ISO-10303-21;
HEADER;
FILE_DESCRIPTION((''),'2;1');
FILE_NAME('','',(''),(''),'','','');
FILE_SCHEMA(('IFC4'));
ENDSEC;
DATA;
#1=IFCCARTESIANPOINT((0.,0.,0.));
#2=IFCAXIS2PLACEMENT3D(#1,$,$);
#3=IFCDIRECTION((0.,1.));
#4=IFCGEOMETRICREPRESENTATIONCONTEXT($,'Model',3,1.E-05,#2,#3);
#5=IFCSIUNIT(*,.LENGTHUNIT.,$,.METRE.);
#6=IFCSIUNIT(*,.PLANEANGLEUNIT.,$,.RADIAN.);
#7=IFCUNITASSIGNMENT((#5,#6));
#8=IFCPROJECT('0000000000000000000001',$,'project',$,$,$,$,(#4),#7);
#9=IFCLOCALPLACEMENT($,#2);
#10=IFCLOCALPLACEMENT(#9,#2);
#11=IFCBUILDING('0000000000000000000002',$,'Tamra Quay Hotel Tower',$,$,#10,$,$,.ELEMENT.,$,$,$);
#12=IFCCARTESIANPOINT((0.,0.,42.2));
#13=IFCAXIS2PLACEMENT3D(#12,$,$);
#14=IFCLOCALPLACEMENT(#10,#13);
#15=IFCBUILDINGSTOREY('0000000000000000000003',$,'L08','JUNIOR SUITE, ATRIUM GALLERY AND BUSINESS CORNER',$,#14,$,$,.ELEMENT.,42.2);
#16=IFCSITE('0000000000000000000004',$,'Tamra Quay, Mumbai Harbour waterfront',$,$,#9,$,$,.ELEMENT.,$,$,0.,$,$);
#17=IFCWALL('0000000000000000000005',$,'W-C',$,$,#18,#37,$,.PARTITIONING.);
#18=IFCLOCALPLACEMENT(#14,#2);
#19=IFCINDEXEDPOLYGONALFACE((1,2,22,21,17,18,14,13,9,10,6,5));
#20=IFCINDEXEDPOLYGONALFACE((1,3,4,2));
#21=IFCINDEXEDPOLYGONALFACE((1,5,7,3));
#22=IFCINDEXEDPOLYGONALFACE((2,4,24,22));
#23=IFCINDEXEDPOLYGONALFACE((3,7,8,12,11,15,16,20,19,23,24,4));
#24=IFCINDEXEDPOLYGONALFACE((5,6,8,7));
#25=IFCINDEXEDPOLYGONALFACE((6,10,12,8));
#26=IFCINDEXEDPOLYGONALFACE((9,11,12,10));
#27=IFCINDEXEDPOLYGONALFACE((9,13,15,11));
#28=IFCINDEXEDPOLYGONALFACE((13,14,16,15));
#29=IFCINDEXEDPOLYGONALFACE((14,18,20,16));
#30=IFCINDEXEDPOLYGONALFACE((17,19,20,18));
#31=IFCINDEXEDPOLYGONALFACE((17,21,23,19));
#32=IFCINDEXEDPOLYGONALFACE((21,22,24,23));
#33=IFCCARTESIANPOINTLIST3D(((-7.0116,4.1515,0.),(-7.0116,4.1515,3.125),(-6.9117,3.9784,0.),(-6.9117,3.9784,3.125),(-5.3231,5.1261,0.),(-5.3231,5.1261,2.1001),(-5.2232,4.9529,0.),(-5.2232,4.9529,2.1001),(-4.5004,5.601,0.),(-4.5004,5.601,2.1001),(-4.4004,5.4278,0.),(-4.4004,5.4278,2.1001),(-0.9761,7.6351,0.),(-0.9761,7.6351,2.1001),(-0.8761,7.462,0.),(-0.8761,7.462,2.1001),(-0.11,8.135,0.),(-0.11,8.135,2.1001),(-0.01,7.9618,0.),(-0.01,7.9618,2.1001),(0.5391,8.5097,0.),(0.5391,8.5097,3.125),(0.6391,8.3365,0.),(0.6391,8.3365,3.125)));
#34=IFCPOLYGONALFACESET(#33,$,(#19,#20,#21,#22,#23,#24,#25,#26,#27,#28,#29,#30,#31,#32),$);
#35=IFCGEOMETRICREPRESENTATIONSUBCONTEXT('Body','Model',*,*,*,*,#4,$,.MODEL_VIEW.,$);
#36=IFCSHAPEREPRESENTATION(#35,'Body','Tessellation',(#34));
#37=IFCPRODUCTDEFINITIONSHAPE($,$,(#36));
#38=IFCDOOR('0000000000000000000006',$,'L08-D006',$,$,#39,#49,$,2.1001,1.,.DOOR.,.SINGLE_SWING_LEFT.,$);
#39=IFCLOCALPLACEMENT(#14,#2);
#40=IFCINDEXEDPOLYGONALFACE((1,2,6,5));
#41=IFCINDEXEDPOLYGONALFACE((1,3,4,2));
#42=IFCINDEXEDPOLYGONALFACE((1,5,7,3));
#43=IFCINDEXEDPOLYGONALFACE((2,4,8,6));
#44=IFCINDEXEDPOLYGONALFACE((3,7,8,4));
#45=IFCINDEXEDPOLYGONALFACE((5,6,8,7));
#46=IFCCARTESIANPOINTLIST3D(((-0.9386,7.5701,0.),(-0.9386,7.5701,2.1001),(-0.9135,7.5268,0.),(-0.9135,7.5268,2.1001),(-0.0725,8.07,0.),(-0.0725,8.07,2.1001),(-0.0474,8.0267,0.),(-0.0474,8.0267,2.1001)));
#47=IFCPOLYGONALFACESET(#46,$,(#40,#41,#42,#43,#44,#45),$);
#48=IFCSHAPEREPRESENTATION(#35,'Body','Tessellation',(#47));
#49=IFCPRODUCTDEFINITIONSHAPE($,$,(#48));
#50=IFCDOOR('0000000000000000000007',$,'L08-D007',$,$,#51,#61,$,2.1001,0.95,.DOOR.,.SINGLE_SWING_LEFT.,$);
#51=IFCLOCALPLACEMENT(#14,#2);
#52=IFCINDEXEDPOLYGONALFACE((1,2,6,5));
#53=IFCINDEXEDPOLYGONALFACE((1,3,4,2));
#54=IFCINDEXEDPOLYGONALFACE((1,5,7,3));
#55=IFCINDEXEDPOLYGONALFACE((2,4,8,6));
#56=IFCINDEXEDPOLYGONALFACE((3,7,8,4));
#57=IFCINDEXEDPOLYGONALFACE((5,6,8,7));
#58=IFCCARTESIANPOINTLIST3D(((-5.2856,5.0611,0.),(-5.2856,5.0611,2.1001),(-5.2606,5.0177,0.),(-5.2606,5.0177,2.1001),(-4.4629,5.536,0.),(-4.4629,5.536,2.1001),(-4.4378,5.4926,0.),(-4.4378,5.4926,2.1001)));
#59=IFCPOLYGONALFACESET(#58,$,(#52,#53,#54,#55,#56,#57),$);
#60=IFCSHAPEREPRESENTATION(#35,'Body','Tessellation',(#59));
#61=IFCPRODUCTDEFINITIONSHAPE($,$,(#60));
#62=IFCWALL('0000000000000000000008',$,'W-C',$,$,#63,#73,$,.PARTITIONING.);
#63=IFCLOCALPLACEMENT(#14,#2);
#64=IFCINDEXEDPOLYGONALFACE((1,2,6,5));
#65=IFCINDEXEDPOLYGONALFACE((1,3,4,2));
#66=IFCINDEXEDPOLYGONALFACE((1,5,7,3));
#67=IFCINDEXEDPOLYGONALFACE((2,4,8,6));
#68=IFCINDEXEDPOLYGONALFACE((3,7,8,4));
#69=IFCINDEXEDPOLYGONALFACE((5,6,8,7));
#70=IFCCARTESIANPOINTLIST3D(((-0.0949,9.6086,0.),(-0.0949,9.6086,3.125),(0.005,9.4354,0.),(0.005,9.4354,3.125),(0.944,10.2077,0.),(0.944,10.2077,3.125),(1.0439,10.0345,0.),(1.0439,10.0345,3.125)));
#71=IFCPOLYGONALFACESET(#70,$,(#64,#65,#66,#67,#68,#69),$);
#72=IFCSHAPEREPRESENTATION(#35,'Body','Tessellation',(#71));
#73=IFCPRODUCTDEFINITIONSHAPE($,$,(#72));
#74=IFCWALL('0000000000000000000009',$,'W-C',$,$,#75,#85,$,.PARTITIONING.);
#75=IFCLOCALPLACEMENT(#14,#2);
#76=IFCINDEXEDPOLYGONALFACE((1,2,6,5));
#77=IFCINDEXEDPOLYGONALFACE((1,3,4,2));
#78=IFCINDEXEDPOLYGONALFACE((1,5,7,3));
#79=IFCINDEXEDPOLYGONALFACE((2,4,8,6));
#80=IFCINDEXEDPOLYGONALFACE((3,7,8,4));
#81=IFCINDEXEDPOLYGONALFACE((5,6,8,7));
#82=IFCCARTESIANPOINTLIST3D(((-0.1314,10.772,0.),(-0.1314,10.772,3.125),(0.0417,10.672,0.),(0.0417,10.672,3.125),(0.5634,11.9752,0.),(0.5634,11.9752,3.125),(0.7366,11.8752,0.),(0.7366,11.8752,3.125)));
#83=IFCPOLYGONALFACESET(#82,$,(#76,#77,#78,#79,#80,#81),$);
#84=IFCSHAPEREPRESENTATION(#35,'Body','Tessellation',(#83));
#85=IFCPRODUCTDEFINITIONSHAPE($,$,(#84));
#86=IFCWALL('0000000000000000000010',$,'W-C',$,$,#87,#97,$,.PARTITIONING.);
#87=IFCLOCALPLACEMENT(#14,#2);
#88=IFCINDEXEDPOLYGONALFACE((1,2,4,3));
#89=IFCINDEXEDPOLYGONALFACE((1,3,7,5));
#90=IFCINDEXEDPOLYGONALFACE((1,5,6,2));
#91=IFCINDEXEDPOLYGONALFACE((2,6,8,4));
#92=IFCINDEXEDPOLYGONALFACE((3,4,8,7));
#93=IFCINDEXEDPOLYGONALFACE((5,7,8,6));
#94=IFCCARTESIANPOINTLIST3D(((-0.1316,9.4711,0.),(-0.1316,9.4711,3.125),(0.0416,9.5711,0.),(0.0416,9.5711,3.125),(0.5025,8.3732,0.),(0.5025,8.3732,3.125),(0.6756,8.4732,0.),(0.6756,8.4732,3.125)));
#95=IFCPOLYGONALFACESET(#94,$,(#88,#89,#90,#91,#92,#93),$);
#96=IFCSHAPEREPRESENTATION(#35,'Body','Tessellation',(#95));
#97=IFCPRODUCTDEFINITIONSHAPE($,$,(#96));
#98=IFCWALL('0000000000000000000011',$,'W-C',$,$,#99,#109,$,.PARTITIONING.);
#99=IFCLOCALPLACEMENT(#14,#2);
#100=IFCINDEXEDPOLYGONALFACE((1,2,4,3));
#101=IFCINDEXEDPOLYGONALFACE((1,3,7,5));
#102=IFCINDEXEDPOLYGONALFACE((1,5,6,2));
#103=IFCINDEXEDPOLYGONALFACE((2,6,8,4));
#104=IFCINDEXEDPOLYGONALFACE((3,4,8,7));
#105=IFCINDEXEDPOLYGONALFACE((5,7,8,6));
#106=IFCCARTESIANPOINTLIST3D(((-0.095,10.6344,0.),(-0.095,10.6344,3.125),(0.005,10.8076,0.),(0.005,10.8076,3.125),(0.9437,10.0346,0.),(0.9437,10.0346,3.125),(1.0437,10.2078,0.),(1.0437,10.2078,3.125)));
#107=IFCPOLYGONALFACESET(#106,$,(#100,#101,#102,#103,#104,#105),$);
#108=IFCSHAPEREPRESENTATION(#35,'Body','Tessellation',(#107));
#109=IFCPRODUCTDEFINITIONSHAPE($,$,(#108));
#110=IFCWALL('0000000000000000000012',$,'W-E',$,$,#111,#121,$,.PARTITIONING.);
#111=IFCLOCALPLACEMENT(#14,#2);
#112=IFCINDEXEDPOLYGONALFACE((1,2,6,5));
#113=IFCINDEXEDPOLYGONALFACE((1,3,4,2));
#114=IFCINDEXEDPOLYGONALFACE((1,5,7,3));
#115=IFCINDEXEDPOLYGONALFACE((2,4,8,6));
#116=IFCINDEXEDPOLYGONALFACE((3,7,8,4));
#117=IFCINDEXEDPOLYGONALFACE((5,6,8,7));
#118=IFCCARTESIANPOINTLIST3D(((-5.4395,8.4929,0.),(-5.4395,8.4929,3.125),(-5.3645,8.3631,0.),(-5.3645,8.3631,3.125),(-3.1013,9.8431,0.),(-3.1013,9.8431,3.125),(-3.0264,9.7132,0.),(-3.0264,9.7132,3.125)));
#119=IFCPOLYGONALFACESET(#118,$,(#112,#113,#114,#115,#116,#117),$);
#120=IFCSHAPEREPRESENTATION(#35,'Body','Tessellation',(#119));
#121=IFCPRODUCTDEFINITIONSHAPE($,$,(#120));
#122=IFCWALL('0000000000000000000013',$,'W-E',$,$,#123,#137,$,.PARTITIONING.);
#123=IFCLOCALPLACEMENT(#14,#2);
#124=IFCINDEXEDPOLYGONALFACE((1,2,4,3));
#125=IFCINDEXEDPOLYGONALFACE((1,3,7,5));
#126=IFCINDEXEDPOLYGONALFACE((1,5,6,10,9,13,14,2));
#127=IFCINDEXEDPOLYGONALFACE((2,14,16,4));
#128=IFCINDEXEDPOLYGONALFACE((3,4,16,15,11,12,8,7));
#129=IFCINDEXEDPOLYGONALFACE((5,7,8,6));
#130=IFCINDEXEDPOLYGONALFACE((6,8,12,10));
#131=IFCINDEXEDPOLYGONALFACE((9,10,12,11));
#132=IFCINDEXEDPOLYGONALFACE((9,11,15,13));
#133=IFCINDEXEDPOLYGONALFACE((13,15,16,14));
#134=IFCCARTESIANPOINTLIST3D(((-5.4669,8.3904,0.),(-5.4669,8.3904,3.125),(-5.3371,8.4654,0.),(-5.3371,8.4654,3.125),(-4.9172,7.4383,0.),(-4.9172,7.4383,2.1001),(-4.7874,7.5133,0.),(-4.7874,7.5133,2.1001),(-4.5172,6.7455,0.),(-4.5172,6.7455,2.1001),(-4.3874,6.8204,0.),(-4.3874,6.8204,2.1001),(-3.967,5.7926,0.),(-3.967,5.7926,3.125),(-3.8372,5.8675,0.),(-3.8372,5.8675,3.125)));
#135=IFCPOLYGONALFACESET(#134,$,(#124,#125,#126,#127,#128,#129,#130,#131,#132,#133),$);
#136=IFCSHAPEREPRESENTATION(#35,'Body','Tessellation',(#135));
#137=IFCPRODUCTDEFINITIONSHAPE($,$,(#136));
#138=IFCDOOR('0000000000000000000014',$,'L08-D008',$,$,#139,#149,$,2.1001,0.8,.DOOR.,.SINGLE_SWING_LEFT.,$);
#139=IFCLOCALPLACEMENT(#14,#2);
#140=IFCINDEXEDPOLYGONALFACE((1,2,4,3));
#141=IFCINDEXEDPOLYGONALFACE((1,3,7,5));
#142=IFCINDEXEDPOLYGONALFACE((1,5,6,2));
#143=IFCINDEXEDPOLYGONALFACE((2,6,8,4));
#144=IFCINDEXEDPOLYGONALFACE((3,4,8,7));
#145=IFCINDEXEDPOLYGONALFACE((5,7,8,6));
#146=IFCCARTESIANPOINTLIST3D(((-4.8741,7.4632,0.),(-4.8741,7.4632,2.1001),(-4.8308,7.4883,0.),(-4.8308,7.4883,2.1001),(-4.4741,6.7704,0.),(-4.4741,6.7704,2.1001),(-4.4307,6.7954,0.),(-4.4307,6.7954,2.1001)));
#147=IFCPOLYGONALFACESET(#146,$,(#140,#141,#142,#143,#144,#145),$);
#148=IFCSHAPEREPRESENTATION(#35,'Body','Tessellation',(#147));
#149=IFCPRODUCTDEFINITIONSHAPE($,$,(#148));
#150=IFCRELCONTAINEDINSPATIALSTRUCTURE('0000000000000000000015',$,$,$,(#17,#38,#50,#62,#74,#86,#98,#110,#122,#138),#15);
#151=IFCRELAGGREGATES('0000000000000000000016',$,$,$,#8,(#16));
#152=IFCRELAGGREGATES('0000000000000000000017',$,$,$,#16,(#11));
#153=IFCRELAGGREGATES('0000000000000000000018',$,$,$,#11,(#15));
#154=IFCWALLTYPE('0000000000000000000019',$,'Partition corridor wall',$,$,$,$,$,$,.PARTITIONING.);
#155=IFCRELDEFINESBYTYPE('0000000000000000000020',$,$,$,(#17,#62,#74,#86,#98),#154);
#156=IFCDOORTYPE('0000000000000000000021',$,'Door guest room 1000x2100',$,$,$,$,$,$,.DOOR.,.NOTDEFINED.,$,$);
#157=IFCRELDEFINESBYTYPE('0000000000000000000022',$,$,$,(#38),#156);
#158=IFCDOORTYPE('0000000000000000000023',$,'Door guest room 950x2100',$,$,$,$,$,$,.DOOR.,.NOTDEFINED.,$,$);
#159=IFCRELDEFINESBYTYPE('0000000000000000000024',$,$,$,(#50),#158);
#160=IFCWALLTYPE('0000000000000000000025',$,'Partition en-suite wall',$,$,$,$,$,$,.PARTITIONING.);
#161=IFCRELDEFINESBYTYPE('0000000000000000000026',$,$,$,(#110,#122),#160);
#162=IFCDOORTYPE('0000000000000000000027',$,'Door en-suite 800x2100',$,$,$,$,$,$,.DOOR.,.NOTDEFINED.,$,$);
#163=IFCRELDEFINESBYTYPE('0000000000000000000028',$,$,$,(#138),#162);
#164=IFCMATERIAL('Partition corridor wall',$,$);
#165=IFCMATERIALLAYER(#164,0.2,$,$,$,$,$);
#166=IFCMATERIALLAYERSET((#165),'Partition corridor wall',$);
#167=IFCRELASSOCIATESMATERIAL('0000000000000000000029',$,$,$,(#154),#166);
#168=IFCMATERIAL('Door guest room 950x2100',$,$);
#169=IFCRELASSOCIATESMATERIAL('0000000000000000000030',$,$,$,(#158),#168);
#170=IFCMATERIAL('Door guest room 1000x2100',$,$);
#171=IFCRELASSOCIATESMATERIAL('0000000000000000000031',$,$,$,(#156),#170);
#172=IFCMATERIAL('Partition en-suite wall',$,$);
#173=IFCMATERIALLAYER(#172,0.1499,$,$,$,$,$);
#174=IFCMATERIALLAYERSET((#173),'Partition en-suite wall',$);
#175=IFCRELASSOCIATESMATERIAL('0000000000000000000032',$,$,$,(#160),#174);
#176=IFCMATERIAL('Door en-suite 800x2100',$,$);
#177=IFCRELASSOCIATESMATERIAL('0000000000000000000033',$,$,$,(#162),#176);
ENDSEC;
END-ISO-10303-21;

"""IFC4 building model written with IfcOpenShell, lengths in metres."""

from ifc_helpers import new_model, si_unit, direction, frame, frame_2d, origin, place, context, subcontext, project, spatial, rectangle, extrude, material, layer, layer_set, type_object, element, fill, save


model = new_model("IFC4")

# Units and contexts
model_context = context("Model", 3, precision=1e-05, world=origin(), true_north=direction((0.0, 1.0)))
body_context = subcontext(model_context, "Body", "Model", "MODEL_VIEW")
ifc_project = project(units=[si_unit("LENGTHUNIT", "METRE"), si_unit("PLANEANGLEUNIT", "RADIAN")], contexts=[model_context])

# Site, building, storey
site_placement = place(None, origin())
site = spatial("IfcSite", under=ifc_project, at=site_placement, Name="Tamra Quay, Mumbai Harbour waterfront", CompositionType="ELEMENT", RefElevation=0.0)
building_placement = place(site_placement, origin())
building = spatial("IfcBuilding", under=site, at=building_placement, Name="Tamra Quay Hotel Tower", CompositionType="ELEMENT")
storey_placement = place(building_placement, frame((0.0, 0.0, 42.2)))
storey = spatial("IfcBuildingStorey", under=building, at=storey_placement, Name="L08", Description="JUNIOR SUITE, ATRIUM GALLERY AND BUSINESS CORNER", CompositionType="ELEMENT", Elevation=42.2)

# Shared definitions
ifc_material_1 = material(Name="Partition corridor wall")
ifc_layer_1 = layer(ifc_material_1, 0.2)
ifc_layer_set_1 = layer_set([ifc_layer_1], Name="Partition corridor wall")
wall_type_1 = type_object("IfcWallType", Name="Partition corridor wall", PredefinedType="PARTITIONING", material=ifc_layer_set_1)
ifc_material_2 = material(Name="Door guest room 950x2100")
door_type_1 = type_object("IfcDoorType", Name="Door guest room 950x2100", OperationType="NOTDEFINED", PredefinedType="DOOR", material=ifc_material_2)

# Wall, openings, doors
wall_1_placement = place(storey_placement, frame((-6.9617, 4.0649, 0.0), z_axis=(0.0, 0.0, 1.0), x_axis=(0.86609, 0.499889, 0.0)))
wall_1 = element("IfcWall", 1, at=wall_1_placement, inside=storey, type_object=wall_type_1, Name="W-C", PredefinedType="PARTITIONING", context=body_context, shape_type="SweptSolid", body=[
    extrude(rectangle(XDim=8.7183, YDim=0.2, at=frame_2d((4.3591, 0.0))), origin(), (0.0, 0.0, 1.0), 3.125),
])
opening_1_placement = place(wall_1_placement, frame((6.9688, 0.0, 0.0)))
opening_1 = element("IfcOpeningElement", 2, at=opening_1_placement, cuts=wall_1, PredefinedType="OPENING", context=body_context, shape_type="SweptSolid", body=[
    extrude(rectangle(XDim=1.0, YDim=2.1001, at=frame_2d((0.5, 1.05))), frame((0.0, 0.1099, 0.0), z_axis=(0.0, -1.0, 0.0), x_axis=(1.0, 0.0, 0.0)), (0.0, 0.0, 1.0), 0.22),
])
opening_2_placement = place(wall_1_placement, frame((1.9495, 0.0, 0.0)))
opening_2 = element("IfcOpeningElement", 3, at=opening_2_placement, cuts=wall_1, PredefinedType="OPENING", context=body_context, shape_type="SweptSolid", body=[
    extrude(rectangle(XDim=0.95, YDim=2.1001, at=frame_2d((0.4751, 1.05))), frame((0.0, 0.1099, 0.0), z_axis=(0.0, -1.0, 0.0), x_axis=(1.0, 0.0, 0.0)), (0.0, 0.0, 1.0), 0.22),
])
ifc_material_3 = material(Name="Door guest room 1000x2100")
door_type_2 = type_object("IfcDoorType", Name="Door guest room 1000x2100", OperationType="NOTDEFINED", PredefinedType="DOOR", material=ifc_material_3)
door_1_placement = place(opening_1_placement, origin())
door_1 = element("IfcDoor", 4, at=door_1_placement, inside=storey, type_object=door_type_2, Name="L08-D006", OperationType="SINGLE_SWING_LEFT", OverallHeight=2.1001, OverallWidth=1.0, PredefinedType="DOOR", context=body_context, shape_type="SweptSolid", body=[
    extrude(rectangle(XDim=1.0, YDim=2.1001, at=frame_2d((0.5, 1.05))), frame((0.0, 0.0249, 0.0), z_axis=(0.0, -1.0, 0.0), x_axis=(1.0, 0.0, 0.0)), (0.0, 0.0, 1.0), 0.05),
])
fill(opening_1, door_1)
door_2_placement = place(opening_2_placement, origin())
door_2 = element("IfcDoor", 5, at=door_2_placement, inside=storey, type_object=door_type_1, Name="L08-D007", OperationType="SINGLE_SWING_LEFT", OverallHeight=2.1001, OverallWidth=0.95, PredefinedType="DOOR", context=body_context, shape_type="SweptSolid", body=[
    extrude(rectangle(XDim=0.95, YDim=2.1001, at=frame_2d((0.4751, 1.05))), frame((0.0, 0.0249, 0.0), z_axis=(0.0, -1.0, 0.0), x_axis=(1.0, 0.0, 0.0)), (0.0, 0.0, 1.0), 0.05),
])
fill(opening_2, door_2)

# Walls
wall_2_placement = place(storey_placement, frame((-0.0449, 9.522, 0.0), z_axis=(0.0, 0.0, 1.0), x_axis=(0.866257, 0.499599, 0.0)))
element("IfcWall", 6, at=wall_2_placement, inside=storey, type_object=wall_type_1, Name="W-C", PredefinedType="PARTITIONING", context=body_context, shape_type="SweptSolid", body=[
    extrude(rectangle(XDim=1.1992, YDim=0.2, at=frame_2d((0.5996, 0.0))), origin(), (0.0, 0.0, 1.0), 3.125),
])
wall_3_placement = place(storey_placement, frame((-0.0449, 10.7219, 0.0), z_axis=(0.0, 0.0, 1.0), x_axis=(0.500108, 0.865963, 0.0)))
element("IfcWall", 7, at=wall_3_placement, inside=storey, type_object=wall_type_1, Name="W-C", PredefinedType="PARTITIONING", context=body_context, shape_type="SweptSolid", body=[
    extrude(rectangle(XDim=1.3894, YDim=0.2, at=frame_2d((0.6948, 0.0))), origin(), (0.0, 0.0, 1.0), 3.125),
])
wall_4_placement = place(storey_placement, frame((-0.0449, 9.521, 0.0), z_axis=(0.0, 0.0, 1.0), x_axis=(0.500095, -0.865971, 0.0)))
element("IfcWall", 8, at=wall_4_placement, inside=storey, type_object=wall_type_1, Name="W-C", PredefinedType="PARTITIONING", context=body_context, shape_type="SweptSolid", body=[
    extrude(rectangle(XDim=1.2678, YDim=0.2, at=frame_2d((0.6338, 0.0))), origin(), (0.0, 0.0, 1.0), 3.125),
])
wall_5_placement = place(storey_placement, frame((-0.0449, 10.7209, 0.0), z_axis=(0.0, 0.0, 1.0), x_axis=(0.865992, -0.500057, 0.0)))
element("IfcWall", 9, at=wall_5_placement, inside=storey, type_object=wall_type_1, Name="W-C", PredefinedType="PARTITIONING", context=body_context, shape_type="SweptSolid", body=[
    extrude(rectangle(XDim=1.1995, YDim=0.2, at=frame_2d((0.5996, 0.0))), origin(), (0.0, 0.0, 1.0), 3.125),
])
ifc_material_4 = material(Name="Partition en-suite wall")
ifc_layer_2 = layer(ifc_material_4, 0.1499)
ifc_layer_set_2 = layer_set([ifc_layer_2], Name="Partition en-suite wall")
wall_type_2 = type_object("IfcWallType", Name="Partition en-suite wall", PredefinedType="PARTITIONING", material=ifc_layer_set_2)
wall_6_placement = place(storey_placement, frame((-5.4021, 8.428, 0.0), z_axis=(0.0, 0.0, 1.0), x_axis=(0.865997, 0.500049, 0.0)))
element("IfcWall", 10, at=wall_6_placement, inside=storey, type_object=wall_type_2, Name="W-E", PredefinedType="PARTITIONING", context=body_context, shape_type="SweptSolid", body=[
    extrude(rectangle(XDim=2.7, YDim=0.1499, at=frame_2d((1.3501, 0.0))), origin(), (0.0, 0.0, 1.0), 3.125),
])

# Wall, opening, door
wall_7_placement = place(storey_placement, frame((-5.4021, 8.428, 0.0), z_axis=(0.0, 0.0, 1.0), x_axis=(0.500025, -0.866011, 0.0)))
wall_7 = element("IfcWall", 11, at=wall_7_placement, inside=storey, type_object=wall_type_2, Name="W-E", PredefinedType="PARTITIONING", context=body_context, shape_type="SweptSolid", body=[
    extrude(rectangle(XDim=2.9998, YDim=0.1499, at=frame_2d((1.5, 0.0))), origin(), (0.0, 0.0, 1.0), 3.125),
])
opening_3_placement = place(wall_7_placement, frame((1.0996, 0.0, 0.0)))
opening_3 = element("IfcOpeningElement", 12, at=opening_3_placement, cuts=wall_7, PredefinedType="OPENING", context=body_context, shape_type="SweptSolid", body=[
    extrude(rectangle(XDim=0.8, YDim=2.1001, at=frame_2d((0.3999, 1.05))), frame((0.0, 0.085, 0.0), z_axis=(0.0, -1.0, 0.0), x_axis=(1.0, 0.0, 0.0)), (0.0, 0.0, 1.0), 0.1699),
])
ifc_material_5 = material(Name="Door en-suite 800x2100")
door_type_3 = type_object("IfcDoorType", Name="Door en-suite 800x2100", OperationType="NOTDEFINED", PredefinedType="DOOR", material=ifc_material_5)
door_3_placement = place(opening_3_placement, origin())
door_3 = element("IfcDoor", 13, at=door_3_placement, inside=storey, type_object=door_type_3, Name="L08-D008", OperationType="SINGLE_SWING_LEFT", OverallHeight=2.1001, OverallWidth=0.8, PredefinedType="DOOR", context=body_context, shape_type="SweptSolid", body=[
    extrude(rectangle(XDim=0.8, YDim=2.1001, at=frame_2d((0.3999, 1.05))), frame((0.0, 0.0249, 0.0), z_axis=(0.0, -1.0, 0.0), x_axis=(1.0, 0.0, 0.0)), (0.0, 0.0, 1.0), 0.05),
])
fill(opening_3, door_3)

save(model, "model.ifc")
